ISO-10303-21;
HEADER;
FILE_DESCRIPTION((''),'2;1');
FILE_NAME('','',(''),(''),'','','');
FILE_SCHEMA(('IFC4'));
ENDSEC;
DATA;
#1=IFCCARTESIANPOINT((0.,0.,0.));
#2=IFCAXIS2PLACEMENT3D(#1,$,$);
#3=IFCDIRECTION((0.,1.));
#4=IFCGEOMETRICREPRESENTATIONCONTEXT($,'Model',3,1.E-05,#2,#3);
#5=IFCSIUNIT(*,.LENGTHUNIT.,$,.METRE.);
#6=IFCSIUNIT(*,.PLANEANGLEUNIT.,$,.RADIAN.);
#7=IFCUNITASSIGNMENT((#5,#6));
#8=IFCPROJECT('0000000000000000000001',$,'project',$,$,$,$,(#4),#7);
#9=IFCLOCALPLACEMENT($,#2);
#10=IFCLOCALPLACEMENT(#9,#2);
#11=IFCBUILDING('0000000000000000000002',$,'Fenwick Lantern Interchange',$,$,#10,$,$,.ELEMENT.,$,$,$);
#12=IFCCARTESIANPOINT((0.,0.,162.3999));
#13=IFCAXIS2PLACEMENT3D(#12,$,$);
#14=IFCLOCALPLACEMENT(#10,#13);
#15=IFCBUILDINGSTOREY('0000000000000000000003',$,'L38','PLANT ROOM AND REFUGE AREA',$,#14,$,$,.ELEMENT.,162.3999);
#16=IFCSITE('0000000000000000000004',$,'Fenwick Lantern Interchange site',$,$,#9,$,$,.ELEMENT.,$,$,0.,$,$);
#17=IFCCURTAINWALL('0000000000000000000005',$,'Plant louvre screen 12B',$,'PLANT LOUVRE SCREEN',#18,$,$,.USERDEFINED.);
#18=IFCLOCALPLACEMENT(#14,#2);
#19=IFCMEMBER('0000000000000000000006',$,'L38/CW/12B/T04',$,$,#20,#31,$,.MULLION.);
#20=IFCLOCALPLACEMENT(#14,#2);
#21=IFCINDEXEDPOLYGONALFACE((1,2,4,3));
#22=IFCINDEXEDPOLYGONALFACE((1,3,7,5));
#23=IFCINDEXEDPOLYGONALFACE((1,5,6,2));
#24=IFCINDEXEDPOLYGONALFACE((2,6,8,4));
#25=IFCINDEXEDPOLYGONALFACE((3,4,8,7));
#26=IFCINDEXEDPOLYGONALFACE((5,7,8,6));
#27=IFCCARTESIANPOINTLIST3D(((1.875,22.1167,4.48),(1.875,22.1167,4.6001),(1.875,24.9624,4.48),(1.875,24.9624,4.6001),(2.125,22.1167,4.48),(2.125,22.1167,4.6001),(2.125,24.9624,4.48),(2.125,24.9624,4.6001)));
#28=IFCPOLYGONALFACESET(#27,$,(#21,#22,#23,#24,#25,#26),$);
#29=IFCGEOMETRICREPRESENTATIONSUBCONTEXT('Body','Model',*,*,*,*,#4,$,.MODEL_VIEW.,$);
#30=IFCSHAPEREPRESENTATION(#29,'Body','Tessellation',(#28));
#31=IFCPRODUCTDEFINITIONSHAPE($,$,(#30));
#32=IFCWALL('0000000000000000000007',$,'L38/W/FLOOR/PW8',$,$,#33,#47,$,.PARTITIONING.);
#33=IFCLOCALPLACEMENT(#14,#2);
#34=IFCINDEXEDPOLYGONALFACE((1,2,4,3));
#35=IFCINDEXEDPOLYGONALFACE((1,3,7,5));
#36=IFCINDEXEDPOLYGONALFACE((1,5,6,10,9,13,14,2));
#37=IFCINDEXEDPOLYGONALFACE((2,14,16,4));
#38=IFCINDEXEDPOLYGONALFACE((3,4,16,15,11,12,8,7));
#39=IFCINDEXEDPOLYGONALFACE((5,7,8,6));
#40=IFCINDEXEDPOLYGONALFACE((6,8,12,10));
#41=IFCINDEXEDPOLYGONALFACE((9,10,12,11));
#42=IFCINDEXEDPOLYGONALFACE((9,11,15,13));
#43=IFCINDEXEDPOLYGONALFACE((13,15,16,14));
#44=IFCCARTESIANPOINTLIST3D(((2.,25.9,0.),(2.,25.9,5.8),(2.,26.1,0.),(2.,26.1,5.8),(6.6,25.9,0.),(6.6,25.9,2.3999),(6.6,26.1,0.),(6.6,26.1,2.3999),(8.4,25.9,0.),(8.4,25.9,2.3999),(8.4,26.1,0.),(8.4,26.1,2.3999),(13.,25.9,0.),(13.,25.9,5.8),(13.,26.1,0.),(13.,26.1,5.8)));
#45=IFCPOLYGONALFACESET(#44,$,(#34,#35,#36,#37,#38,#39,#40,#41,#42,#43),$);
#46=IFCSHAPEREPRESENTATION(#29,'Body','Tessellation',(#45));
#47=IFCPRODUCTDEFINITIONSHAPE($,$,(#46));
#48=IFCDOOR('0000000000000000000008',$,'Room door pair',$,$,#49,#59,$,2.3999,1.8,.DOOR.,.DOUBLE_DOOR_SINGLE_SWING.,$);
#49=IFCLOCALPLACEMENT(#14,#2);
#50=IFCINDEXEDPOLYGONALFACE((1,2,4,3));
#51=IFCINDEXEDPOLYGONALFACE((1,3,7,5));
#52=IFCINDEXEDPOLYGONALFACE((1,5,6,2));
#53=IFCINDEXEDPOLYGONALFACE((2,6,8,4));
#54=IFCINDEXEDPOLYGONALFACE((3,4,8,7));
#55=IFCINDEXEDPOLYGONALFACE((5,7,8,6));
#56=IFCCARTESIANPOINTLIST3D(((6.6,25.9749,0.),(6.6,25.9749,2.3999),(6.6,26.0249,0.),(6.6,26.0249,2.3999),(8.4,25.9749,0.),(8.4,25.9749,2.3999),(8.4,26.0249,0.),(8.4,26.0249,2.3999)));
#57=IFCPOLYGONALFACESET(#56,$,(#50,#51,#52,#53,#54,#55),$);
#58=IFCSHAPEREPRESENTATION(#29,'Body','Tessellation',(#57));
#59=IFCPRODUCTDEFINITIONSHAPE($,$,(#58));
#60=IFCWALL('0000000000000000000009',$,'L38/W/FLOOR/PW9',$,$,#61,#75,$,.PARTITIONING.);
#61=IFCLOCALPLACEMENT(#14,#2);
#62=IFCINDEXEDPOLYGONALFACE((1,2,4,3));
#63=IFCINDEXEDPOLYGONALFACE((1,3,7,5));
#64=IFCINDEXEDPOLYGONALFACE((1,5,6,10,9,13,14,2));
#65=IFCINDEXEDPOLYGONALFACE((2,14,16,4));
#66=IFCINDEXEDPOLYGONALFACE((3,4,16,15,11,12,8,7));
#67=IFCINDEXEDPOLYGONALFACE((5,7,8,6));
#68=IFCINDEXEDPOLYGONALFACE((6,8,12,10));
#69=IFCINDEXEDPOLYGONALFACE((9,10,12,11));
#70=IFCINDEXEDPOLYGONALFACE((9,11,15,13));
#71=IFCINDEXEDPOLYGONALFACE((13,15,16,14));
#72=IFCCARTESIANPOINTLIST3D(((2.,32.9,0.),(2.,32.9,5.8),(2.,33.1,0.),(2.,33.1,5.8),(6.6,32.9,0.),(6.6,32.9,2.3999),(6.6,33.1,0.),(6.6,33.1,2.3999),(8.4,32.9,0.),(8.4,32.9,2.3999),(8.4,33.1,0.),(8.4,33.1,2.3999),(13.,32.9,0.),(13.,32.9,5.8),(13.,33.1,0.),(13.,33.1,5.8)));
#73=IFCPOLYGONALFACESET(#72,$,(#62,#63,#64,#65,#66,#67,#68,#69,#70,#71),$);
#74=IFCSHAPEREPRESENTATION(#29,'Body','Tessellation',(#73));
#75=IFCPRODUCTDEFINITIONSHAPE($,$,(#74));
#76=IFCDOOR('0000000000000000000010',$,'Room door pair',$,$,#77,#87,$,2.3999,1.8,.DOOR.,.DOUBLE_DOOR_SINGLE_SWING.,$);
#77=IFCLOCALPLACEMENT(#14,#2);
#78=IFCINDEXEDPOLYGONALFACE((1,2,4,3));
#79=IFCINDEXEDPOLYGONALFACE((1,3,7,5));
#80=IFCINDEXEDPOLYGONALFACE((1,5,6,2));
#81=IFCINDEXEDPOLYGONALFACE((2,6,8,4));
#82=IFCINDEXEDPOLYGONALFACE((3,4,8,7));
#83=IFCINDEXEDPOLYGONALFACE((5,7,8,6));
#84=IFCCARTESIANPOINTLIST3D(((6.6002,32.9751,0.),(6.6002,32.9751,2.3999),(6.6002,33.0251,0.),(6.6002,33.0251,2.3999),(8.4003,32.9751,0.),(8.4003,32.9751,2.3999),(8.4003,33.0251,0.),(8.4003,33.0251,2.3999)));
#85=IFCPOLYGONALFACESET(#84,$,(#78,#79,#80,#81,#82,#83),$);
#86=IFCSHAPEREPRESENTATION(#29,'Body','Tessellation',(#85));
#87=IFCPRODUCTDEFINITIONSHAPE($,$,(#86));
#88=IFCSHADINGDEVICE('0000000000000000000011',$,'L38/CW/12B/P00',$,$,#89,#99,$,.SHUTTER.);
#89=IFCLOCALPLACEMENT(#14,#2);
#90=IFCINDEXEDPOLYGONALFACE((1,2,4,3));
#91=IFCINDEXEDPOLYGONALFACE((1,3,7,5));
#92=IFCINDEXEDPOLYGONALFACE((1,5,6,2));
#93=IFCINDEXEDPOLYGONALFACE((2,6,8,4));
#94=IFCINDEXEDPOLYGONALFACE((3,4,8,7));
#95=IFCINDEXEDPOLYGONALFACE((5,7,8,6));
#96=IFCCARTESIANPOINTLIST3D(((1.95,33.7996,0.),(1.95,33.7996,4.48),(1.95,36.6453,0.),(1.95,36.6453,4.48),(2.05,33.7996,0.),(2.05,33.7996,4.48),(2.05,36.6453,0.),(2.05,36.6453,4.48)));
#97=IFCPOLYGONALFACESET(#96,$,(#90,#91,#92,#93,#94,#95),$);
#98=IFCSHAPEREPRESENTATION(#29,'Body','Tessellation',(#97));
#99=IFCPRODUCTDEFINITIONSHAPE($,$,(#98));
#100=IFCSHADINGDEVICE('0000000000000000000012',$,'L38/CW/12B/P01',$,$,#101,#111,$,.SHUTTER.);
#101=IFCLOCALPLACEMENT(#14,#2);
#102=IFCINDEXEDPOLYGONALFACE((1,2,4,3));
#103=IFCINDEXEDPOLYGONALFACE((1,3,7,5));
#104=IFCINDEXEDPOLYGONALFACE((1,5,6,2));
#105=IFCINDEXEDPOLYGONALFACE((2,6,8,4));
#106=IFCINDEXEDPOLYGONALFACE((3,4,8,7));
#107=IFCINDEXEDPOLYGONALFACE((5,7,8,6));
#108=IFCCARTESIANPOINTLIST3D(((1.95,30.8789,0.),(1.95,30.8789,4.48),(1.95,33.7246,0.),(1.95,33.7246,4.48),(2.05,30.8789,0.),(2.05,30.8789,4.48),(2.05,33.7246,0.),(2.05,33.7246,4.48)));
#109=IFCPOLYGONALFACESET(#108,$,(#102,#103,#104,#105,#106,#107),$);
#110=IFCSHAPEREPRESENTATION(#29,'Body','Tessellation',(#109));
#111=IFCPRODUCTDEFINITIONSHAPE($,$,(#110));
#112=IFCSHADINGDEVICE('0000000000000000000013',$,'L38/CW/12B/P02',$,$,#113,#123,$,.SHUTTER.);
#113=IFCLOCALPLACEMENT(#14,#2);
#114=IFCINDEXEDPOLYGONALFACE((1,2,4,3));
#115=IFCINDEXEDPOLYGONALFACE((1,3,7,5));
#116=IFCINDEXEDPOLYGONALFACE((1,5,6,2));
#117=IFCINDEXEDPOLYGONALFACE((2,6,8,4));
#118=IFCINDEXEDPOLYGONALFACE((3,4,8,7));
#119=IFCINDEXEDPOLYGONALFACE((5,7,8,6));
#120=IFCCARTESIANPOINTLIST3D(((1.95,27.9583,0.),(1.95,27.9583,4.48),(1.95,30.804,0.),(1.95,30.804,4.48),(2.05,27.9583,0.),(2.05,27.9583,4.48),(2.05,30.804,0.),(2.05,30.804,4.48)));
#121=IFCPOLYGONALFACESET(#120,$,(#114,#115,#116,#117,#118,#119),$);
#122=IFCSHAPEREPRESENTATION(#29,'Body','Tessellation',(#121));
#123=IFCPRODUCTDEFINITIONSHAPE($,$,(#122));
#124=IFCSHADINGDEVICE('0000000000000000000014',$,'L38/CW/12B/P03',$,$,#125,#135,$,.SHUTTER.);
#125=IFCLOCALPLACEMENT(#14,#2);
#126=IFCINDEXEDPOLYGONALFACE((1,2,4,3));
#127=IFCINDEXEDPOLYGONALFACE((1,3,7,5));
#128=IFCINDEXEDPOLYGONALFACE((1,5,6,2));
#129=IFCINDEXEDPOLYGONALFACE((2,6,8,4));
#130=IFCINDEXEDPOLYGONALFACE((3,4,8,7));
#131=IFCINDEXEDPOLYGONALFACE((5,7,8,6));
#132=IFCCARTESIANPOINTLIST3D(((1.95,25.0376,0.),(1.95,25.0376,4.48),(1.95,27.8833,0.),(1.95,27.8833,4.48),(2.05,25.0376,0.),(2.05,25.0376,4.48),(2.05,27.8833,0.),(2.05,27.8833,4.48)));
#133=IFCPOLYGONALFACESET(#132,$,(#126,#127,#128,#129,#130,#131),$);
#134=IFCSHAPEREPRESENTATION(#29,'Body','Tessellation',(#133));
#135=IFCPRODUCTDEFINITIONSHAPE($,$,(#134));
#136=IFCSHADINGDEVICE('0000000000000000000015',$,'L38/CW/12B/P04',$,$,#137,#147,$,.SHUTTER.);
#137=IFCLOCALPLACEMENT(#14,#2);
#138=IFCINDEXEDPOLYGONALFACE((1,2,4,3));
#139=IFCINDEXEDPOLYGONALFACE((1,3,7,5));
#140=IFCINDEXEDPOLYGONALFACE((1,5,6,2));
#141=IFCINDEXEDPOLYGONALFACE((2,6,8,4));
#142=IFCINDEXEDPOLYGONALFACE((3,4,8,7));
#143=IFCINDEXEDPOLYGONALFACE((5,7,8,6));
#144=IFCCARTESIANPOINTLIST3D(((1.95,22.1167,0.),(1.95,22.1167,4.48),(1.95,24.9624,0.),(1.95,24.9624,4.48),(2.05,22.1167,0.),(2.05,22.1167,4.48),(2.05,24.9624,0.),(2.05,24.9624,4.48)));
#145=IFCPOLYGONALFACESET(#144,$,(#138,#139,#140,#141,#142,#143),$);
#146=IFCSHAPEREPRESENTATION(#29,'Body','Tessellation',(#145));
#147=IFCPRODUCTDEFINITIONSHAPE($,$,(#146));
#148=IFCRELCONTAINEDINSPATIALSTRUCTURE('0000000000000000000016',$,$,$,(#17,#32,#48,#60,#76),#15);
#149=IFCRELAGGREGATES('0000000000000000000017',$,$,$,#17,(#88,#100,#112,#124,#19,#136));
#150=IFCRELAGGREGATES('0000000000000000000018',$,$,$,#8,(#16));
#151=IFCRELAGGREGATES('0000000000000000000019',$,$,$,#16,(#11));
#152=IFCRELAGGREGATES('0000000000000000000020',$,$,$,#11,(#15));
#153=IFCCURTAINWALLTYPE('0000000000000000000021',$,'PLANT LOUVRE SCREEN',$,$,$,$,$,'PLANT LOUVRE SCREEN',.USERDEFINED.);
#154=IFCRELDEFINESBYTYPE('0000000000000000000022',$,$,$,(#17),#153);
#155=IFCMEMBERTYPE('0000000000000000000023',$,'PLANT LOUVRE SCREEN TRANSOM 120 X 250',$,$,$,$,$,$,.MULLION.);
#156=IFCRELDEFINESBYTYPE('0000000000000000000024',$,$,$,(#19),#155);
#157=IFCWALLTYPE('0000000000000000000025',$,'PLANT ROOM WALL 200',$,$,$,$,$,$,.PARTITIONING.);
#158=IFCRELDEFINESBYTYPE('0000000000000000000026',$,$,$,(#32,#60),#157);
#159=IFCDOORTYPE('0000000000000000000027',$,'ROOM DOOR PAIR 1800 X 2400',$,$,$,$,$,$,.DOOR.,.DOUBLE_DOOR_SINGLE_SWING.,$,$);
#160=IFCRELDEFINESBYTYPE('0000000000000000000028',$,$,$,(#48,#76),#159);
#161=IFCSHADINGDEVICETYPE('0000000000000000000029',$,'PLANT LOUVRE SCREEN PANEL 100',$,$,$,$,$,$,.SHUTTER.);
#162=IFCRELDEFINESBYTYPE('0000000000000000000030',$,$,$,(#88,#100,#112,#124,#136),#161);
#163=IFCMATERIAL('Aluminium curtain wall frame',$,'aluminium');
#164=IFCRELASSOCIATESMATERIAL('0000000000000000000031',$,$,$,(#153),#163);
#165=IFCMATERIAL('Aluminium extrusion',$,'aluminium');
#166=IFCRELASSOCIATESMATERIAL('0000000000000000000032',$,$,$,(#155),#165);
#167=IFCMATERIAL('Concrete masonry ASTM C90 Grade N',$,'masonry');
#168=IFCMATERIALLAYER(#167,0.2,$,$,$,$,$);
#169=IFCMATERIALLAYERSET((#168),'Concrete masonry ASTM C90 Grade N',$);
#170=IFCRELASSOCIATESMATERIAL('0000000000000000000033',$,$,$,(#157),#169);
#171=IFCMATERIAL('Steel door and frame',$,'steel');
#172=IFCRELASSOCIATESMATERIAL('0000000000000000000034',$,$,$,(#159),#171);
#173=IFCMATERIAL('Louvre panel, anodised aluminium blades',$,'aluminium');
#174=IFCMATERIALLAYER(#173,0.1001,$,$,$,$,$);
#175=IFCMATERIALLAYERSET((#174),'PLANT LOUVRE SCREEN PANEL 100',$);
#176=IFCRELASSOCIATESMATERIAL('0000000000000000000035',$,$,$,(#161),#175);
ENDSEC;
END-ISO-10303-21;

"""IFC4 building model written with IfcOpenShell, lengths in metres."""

from ifc_helpers import new_model, si_unit, direction, frame, frame_2d, origin, origin_2d, place, context, subcontext, project, spatial, rectangle, extrude, material, layer, layer_set, material_profile, profile_set, type_object, element, fill, aggregate, save


model = new_model("IFC4")

# Units and contexts
model_context = context("Model", 3, precision=1e-05, world=origin(), true_north=direction((0.0, 1.0)))
body_context = subcontext(model_context, "Body", "Model", "MODEL_VIEW")
ifc_project = project(units=[si_unit("LENGTHUNIT", "METRE"), si_unit("PLANEANGLEUNIT", "RADIAN")], contexts=[model_context])

# Site, building, storey
site_placement = place(None, origin())
site = spatial("IfcSite", under=ifc_project, at=site_placement, Name="Fenwick Lantern Interchange site", CompositionType="ELEMENT", RefElevation=0.0)
building_placement = place(site_placement, origin())
building = spatial("IfcBuilding", under=site, at=building_placement, Name="Fenwick Lantern Interchange", CompositionType="ELEMENT")
storey_placement = place(building_placement, frame((0.0, 0.0, 162.3999)))
storey = spatial("IfcBuildingStorey", under=building, at=storey_placement, Name="L38", Description="PLANT ROOM AND REFUGE AREA", CompositionType="ELEMENT", Elevation=162.3999)

# Curtain wall, member
ifc_material_1 = material(Name="Aluminium curtain wall frame", Category="aluminium")
curtain_wall_type = type_object("IfcCurtainWallType", Name="PLANT LOUVRE SCREEN", ElementType="PLANT LOUVRE SCREEN", PredefinedType="USERDEFINED", material=ifc_material_1)
curtain_wall_placement = place(storey_placement, origin())
curtain_wall = element("IfcCurtainWall", 1, at=curtain_wall_placement, inside=storey, type_object=curtain_wall_type, Name="Plant louvre screen 12B", ObjectType="PLANT LOUVRE SCREEN", PredefinedType="USERDEFINED")
ifc_material_2 = material(Name="Aluminium extrusion", Category="aluminium")
ifc_material_profile_1 = material_profile(ifc_material_2, rectangle(XDim=0.25, YDim=0.1201, at=origin_2d()), Name="PLANT LOUVRE SCREEN TRANSOM 120 X 250")
ifc_profile_set_1 = profile_set([ifc_material_profile_1], Name="Aluminium extrusion")
member_type_1 = type_object("IfcMemberType", Name="PLANT LOUVRE SCREEN TRANSOM 120 X 250", PredefinedType="MULLION", material=ifc_profile_set_1)
member_1_placement = place(storey_placement, frame((2.0, 24.9624, 4.54), z_axis=(0.0, -1.0, 0.0), x_axis=(1.0, 0.0, 0.0)))
member_1 = element("IfcMember", 2, at=member_1_placement, type_object=member_type_1, Name="L38/CW/12B/T04", PredefinedType="MULLION", context=body_context, shape_type="SweptSolid", body=[
    extrude(rectangle(XDim=0.25, YDim=0.1201, at=origin_2d()), origin(), (0.0, 0.0, 1.0), 2.8457),
])

# Walls, openings, doors
ifc_material_3 = material(Name="Concrete masonry ASTM C90 Grade N", Category="masonry")
ifc_layer_1 = layer(ifc_material_3, 0.2)
ifc_layer_set_1 = layer_set([ifc_layer_1], Name="Concrete masonry ASTM C90 Grade N")
wall_type = type_object("IfcWallType", Name="PLANT ROOM WALL 200", PredefinedType="PARTITIONING", material=ifc_layer_set_1)
wall_1_placement = place(storey_placement, frame((2.0, 26.0, 0.0), z_axis=(0.0, 0.0, 1.0), x_axis=(1.0, 0.0, 0.0)))
wall_1 = element("IfcWall", 3, at=wall_1_placement, inside=storey, type_object=wall_type, Name="L38/W/FLOOR/PW8", PredefinedType="PARTITIONING", context=body_context, shape_type="SweptSolid", body=[
    extrude(rectangle(XDim=11.0, YDim=0.2, at=frame_2d((5.5, 0.0))), origin(), (0.0, 0.0, 1.0), 5.8),
])
opening_1_placement = place(wall_1_placement, frame((4.6001, 0.0, 0.0)))
opening_1 = element("IfcOpeningElement", 4, at=opening_1_placement, cuts=wall_1, PredefinedType="OPENING", context=body_context, shape_type="SweptSolid", body=[
    extrude(rectangle(XDim=1.8, YDim=2.3999, at=frame_2d((0.8999, 1.2))), frame((0.0, 0.1099, 0.0), z_axis=(0.0, -1.0, 0.0), x_axis=(1.0, 0.0, 0.0)), (0.0, 0.0, 1.0), 0.22),
])
ifc_material_4 = material(Name="Steel door and frame", Category="steel")
door_type = type_object("IfcDoorType", Name="ROOM DOOR PAIR 1800 X 2400", OperationType="DOUBLE_DOOR_SINGLE_SWING", PredefinedType="DOOR", material=ifc_material_4)
door_1_placement = place(opening_1_placement, origin())
door_1 = element("IfcDoor", 5, at=door_1_placement, inside=storey, type_object=door_type, Name="Room door pair", OperationType="DOUBLE_DOOR_SINGLE_SWING", OverallHeight=2.3999, OverallWidth=1.8, PredefinedType="DOOR", context=body_context, shape_type="SweptSolid", body=[
    extrude(rectangle(XDim=1.8, YDim=2.3999, at=frame_2d((0.8999, 1.2))), frame((0.0, 0.0249, 0.0), z_axis=(0.0, -1.0, 0.0), x_axis=(1.0, 0.0, 0.0)), (0.0, 0.0, 1.0), 0.05),
])
fill(opening_1, door_1)
wall_2_placement = place(storey_placement, frame((2.0, 33.0, 0.0), z_axis=(0.0, 0.0, 1.0), x_axis=(1.0, 0.0, 0.0)))
wall_2 = element("IfcWall", 6, at=wall_2_placement, inside=storey, type_object=wall_type, Name="L38/W/FLOOR/PW9", PredefinedType="PARTITIONING", context=body_context, shape_type="SweptSolid", body=[
    extrude(rectangle(XDim=11.0, YDim=0.2, at=frame_2d((5.5, 0.0))), origin(), (0.0, 0.0, 1.0), 5.8),
])
opening_2_placement = place(wall_2_placement, frame((4.6001, 0.0, 0.0)))
opening_2 = element("IfcOpeningElement", 7, at=opening_2_placement, cuts=wall_2, PredefinedType="OPENING", context=body_context, shape_type="SweptSolid", body=[
    extrude(rectangle(XDim=1.8, YDim=2.3999, at=frame_2d((0.8999, 1.2))), frame((0.0, 0.1099, 0.0), z_axis=(0.0, -1.0, 0.0), x_axis=(1.0, 0.0, 0.0)), (0.0, 0.0, 1.0), 0.22),
])
door_2_placement = place(opening_2_placement, frame((1.8, 0.0, 0.0), z_axis=(0.0, 0.0, 1.0), x_axis=(-1.0, 0.0, 0.0)))
door_2 = element("IfcDoor", 8, at=door_2_placement, inside=storey, type_object=door_type, Name="Room door pair", OperationType="DOUBLE_DOOR_SINGLE_SWING", OverallHeight=2.3999, OverallWidth=1.8, PredefinedType="DOOR", context=body_context, shape_type="SweptSolid", body=[
    extrude(rectangle(XDim=1.8, YDim=2.3999, at=frame_2d((0.8999, 1.2))), frame((0.0, 0.0249, 0.0), z_axis=(0.0, -1.0, 0.0), x_axis=(1.0, 0.0, 0.0)), (0.0, 0.0, 1.0), 0.05),
])
fill(opening_2, door_2)

# Shading devices
ifc_material_5 = material(Name="Louvre panel, anodised aluminium blades", Category="aluminium")
ifc_layer_2 = layer(ifc_material_5, 0.1001)
ifc_layer_set_2 = layer_set([ifc_layer_2], Name="PLANT LOUVRE SCREEN PANEL 100")
shading_device_type = type_object("IfcShadingDeviceType", Name="PLANT LOUVRE SCREEN PANEL 100", PredefinedType="SHUTTER", material=ifc_layer_set_2)
shading_device_1_placement = place(storey_placement, frame((2.0, 35.2224, 0.0), z_axis=(0.0, 0.0, 1.0), x_axis=(0.0, -1.0, 0.0)))
shading_device_1 = element("IfcShadingDevice", 9, at=shading_device_1_placement, type_object=shading_device_type, Name="L38/CW/12B/P00", PredefinedType="SHUTTER", context=body_context, shape_type="SweptSolid", body=[
    extrude(rectangle(XDim=2.8457, YDim=0.1001, at=origin_2d()), origin(), (0.0, 0.0, 1.0), 4.48),
])
shading_device_2_placement = place(storey_placement, frame((2.0, 32.3018, 0.0), z_axis=(0.0, 0.0, 1.0), x_axis=(0.0, -1.0, 0.0)))
shading_device_2 = element("IfcShadingDevice", 10, at=shading_device_2_placement, type_object=shading_device_type, Name="L38/CW/12B/P01", PredefinedType="SHUTTER", context=body_context, shape_type="SweptSolid", body=[
    extrude(rectangle(XDim=2.8457, YDim=0.1001, at=origin_2d()), origin(), (0.0, 0.0, 1.0), 4.48),
])
shading_device_3_placement = place(storey_placement, frame((2.0, 29.3811, 0.0), z_axis=(0.0, 0.0, 1.0), x_axis=(0.0, -1.0, 0.0)))
shading_device_3 = element("IfcShadingDevice", 11, at=shading_device_3_placement, type_object=shading_device_type, Name="L38/CW/12B/P02", PredefinedType="SHUTTER", context=body_context, shape_type="SweptSolid", body=[
    extrude(rectangle(XDim=2.8457, YDim=0.1001, at=origin_2d()), origin(), (0.0, 0.0, 1.0), 4.48),
])
shading_device_4_placement = place(storey_placement, frame((2.0, 26.4604, 0.0), z_axis=(0.0, 0.0, 1.0), x_axis=(0.0, -1.0, 0.0)))
shading_device_4 = element("IfcShadingDevice", 12, at=shading_device_4_placement, type_object=shading_device_type, Name="L38/CW/12B/P03", PredefinedType="SHUTTER", context=body_context, shape_type="SweptSolid", body=[
    extrude(rectangle(XDim=2.8457, YDim=0.1001, at=origin_2d()), origin(), (0.0, 0.0, 1.0), 4.48),
])
shading_device_5_placement = place(storey_placement, frame((2.0, 23.5396, 0.0), z_axis=(0.0, 0.0, 1.0), x_axis=(0.0, -1.0, 0.0)))
shading_device_5 = element("IfcShadingDevice", 13, at=shading_device_5_placement, type_object=shading_device_type, Name="L38/CW/12B/P04", PredefinedType="SHUTTER", context=body_context, shape_type="SweptSolid", body=[
    extrude(rectangle(XDim=2.8457, YDim=0.1001, at=origin_2d()), origin(), (0.0, 0.0, 1.0), 4.48),
])
aggregate(curtain_wall, [shading_device_1, shading_device_2, shading_device_3, shading_device_4, member_1, shading_device_5])

save(model, "model.ifc")
